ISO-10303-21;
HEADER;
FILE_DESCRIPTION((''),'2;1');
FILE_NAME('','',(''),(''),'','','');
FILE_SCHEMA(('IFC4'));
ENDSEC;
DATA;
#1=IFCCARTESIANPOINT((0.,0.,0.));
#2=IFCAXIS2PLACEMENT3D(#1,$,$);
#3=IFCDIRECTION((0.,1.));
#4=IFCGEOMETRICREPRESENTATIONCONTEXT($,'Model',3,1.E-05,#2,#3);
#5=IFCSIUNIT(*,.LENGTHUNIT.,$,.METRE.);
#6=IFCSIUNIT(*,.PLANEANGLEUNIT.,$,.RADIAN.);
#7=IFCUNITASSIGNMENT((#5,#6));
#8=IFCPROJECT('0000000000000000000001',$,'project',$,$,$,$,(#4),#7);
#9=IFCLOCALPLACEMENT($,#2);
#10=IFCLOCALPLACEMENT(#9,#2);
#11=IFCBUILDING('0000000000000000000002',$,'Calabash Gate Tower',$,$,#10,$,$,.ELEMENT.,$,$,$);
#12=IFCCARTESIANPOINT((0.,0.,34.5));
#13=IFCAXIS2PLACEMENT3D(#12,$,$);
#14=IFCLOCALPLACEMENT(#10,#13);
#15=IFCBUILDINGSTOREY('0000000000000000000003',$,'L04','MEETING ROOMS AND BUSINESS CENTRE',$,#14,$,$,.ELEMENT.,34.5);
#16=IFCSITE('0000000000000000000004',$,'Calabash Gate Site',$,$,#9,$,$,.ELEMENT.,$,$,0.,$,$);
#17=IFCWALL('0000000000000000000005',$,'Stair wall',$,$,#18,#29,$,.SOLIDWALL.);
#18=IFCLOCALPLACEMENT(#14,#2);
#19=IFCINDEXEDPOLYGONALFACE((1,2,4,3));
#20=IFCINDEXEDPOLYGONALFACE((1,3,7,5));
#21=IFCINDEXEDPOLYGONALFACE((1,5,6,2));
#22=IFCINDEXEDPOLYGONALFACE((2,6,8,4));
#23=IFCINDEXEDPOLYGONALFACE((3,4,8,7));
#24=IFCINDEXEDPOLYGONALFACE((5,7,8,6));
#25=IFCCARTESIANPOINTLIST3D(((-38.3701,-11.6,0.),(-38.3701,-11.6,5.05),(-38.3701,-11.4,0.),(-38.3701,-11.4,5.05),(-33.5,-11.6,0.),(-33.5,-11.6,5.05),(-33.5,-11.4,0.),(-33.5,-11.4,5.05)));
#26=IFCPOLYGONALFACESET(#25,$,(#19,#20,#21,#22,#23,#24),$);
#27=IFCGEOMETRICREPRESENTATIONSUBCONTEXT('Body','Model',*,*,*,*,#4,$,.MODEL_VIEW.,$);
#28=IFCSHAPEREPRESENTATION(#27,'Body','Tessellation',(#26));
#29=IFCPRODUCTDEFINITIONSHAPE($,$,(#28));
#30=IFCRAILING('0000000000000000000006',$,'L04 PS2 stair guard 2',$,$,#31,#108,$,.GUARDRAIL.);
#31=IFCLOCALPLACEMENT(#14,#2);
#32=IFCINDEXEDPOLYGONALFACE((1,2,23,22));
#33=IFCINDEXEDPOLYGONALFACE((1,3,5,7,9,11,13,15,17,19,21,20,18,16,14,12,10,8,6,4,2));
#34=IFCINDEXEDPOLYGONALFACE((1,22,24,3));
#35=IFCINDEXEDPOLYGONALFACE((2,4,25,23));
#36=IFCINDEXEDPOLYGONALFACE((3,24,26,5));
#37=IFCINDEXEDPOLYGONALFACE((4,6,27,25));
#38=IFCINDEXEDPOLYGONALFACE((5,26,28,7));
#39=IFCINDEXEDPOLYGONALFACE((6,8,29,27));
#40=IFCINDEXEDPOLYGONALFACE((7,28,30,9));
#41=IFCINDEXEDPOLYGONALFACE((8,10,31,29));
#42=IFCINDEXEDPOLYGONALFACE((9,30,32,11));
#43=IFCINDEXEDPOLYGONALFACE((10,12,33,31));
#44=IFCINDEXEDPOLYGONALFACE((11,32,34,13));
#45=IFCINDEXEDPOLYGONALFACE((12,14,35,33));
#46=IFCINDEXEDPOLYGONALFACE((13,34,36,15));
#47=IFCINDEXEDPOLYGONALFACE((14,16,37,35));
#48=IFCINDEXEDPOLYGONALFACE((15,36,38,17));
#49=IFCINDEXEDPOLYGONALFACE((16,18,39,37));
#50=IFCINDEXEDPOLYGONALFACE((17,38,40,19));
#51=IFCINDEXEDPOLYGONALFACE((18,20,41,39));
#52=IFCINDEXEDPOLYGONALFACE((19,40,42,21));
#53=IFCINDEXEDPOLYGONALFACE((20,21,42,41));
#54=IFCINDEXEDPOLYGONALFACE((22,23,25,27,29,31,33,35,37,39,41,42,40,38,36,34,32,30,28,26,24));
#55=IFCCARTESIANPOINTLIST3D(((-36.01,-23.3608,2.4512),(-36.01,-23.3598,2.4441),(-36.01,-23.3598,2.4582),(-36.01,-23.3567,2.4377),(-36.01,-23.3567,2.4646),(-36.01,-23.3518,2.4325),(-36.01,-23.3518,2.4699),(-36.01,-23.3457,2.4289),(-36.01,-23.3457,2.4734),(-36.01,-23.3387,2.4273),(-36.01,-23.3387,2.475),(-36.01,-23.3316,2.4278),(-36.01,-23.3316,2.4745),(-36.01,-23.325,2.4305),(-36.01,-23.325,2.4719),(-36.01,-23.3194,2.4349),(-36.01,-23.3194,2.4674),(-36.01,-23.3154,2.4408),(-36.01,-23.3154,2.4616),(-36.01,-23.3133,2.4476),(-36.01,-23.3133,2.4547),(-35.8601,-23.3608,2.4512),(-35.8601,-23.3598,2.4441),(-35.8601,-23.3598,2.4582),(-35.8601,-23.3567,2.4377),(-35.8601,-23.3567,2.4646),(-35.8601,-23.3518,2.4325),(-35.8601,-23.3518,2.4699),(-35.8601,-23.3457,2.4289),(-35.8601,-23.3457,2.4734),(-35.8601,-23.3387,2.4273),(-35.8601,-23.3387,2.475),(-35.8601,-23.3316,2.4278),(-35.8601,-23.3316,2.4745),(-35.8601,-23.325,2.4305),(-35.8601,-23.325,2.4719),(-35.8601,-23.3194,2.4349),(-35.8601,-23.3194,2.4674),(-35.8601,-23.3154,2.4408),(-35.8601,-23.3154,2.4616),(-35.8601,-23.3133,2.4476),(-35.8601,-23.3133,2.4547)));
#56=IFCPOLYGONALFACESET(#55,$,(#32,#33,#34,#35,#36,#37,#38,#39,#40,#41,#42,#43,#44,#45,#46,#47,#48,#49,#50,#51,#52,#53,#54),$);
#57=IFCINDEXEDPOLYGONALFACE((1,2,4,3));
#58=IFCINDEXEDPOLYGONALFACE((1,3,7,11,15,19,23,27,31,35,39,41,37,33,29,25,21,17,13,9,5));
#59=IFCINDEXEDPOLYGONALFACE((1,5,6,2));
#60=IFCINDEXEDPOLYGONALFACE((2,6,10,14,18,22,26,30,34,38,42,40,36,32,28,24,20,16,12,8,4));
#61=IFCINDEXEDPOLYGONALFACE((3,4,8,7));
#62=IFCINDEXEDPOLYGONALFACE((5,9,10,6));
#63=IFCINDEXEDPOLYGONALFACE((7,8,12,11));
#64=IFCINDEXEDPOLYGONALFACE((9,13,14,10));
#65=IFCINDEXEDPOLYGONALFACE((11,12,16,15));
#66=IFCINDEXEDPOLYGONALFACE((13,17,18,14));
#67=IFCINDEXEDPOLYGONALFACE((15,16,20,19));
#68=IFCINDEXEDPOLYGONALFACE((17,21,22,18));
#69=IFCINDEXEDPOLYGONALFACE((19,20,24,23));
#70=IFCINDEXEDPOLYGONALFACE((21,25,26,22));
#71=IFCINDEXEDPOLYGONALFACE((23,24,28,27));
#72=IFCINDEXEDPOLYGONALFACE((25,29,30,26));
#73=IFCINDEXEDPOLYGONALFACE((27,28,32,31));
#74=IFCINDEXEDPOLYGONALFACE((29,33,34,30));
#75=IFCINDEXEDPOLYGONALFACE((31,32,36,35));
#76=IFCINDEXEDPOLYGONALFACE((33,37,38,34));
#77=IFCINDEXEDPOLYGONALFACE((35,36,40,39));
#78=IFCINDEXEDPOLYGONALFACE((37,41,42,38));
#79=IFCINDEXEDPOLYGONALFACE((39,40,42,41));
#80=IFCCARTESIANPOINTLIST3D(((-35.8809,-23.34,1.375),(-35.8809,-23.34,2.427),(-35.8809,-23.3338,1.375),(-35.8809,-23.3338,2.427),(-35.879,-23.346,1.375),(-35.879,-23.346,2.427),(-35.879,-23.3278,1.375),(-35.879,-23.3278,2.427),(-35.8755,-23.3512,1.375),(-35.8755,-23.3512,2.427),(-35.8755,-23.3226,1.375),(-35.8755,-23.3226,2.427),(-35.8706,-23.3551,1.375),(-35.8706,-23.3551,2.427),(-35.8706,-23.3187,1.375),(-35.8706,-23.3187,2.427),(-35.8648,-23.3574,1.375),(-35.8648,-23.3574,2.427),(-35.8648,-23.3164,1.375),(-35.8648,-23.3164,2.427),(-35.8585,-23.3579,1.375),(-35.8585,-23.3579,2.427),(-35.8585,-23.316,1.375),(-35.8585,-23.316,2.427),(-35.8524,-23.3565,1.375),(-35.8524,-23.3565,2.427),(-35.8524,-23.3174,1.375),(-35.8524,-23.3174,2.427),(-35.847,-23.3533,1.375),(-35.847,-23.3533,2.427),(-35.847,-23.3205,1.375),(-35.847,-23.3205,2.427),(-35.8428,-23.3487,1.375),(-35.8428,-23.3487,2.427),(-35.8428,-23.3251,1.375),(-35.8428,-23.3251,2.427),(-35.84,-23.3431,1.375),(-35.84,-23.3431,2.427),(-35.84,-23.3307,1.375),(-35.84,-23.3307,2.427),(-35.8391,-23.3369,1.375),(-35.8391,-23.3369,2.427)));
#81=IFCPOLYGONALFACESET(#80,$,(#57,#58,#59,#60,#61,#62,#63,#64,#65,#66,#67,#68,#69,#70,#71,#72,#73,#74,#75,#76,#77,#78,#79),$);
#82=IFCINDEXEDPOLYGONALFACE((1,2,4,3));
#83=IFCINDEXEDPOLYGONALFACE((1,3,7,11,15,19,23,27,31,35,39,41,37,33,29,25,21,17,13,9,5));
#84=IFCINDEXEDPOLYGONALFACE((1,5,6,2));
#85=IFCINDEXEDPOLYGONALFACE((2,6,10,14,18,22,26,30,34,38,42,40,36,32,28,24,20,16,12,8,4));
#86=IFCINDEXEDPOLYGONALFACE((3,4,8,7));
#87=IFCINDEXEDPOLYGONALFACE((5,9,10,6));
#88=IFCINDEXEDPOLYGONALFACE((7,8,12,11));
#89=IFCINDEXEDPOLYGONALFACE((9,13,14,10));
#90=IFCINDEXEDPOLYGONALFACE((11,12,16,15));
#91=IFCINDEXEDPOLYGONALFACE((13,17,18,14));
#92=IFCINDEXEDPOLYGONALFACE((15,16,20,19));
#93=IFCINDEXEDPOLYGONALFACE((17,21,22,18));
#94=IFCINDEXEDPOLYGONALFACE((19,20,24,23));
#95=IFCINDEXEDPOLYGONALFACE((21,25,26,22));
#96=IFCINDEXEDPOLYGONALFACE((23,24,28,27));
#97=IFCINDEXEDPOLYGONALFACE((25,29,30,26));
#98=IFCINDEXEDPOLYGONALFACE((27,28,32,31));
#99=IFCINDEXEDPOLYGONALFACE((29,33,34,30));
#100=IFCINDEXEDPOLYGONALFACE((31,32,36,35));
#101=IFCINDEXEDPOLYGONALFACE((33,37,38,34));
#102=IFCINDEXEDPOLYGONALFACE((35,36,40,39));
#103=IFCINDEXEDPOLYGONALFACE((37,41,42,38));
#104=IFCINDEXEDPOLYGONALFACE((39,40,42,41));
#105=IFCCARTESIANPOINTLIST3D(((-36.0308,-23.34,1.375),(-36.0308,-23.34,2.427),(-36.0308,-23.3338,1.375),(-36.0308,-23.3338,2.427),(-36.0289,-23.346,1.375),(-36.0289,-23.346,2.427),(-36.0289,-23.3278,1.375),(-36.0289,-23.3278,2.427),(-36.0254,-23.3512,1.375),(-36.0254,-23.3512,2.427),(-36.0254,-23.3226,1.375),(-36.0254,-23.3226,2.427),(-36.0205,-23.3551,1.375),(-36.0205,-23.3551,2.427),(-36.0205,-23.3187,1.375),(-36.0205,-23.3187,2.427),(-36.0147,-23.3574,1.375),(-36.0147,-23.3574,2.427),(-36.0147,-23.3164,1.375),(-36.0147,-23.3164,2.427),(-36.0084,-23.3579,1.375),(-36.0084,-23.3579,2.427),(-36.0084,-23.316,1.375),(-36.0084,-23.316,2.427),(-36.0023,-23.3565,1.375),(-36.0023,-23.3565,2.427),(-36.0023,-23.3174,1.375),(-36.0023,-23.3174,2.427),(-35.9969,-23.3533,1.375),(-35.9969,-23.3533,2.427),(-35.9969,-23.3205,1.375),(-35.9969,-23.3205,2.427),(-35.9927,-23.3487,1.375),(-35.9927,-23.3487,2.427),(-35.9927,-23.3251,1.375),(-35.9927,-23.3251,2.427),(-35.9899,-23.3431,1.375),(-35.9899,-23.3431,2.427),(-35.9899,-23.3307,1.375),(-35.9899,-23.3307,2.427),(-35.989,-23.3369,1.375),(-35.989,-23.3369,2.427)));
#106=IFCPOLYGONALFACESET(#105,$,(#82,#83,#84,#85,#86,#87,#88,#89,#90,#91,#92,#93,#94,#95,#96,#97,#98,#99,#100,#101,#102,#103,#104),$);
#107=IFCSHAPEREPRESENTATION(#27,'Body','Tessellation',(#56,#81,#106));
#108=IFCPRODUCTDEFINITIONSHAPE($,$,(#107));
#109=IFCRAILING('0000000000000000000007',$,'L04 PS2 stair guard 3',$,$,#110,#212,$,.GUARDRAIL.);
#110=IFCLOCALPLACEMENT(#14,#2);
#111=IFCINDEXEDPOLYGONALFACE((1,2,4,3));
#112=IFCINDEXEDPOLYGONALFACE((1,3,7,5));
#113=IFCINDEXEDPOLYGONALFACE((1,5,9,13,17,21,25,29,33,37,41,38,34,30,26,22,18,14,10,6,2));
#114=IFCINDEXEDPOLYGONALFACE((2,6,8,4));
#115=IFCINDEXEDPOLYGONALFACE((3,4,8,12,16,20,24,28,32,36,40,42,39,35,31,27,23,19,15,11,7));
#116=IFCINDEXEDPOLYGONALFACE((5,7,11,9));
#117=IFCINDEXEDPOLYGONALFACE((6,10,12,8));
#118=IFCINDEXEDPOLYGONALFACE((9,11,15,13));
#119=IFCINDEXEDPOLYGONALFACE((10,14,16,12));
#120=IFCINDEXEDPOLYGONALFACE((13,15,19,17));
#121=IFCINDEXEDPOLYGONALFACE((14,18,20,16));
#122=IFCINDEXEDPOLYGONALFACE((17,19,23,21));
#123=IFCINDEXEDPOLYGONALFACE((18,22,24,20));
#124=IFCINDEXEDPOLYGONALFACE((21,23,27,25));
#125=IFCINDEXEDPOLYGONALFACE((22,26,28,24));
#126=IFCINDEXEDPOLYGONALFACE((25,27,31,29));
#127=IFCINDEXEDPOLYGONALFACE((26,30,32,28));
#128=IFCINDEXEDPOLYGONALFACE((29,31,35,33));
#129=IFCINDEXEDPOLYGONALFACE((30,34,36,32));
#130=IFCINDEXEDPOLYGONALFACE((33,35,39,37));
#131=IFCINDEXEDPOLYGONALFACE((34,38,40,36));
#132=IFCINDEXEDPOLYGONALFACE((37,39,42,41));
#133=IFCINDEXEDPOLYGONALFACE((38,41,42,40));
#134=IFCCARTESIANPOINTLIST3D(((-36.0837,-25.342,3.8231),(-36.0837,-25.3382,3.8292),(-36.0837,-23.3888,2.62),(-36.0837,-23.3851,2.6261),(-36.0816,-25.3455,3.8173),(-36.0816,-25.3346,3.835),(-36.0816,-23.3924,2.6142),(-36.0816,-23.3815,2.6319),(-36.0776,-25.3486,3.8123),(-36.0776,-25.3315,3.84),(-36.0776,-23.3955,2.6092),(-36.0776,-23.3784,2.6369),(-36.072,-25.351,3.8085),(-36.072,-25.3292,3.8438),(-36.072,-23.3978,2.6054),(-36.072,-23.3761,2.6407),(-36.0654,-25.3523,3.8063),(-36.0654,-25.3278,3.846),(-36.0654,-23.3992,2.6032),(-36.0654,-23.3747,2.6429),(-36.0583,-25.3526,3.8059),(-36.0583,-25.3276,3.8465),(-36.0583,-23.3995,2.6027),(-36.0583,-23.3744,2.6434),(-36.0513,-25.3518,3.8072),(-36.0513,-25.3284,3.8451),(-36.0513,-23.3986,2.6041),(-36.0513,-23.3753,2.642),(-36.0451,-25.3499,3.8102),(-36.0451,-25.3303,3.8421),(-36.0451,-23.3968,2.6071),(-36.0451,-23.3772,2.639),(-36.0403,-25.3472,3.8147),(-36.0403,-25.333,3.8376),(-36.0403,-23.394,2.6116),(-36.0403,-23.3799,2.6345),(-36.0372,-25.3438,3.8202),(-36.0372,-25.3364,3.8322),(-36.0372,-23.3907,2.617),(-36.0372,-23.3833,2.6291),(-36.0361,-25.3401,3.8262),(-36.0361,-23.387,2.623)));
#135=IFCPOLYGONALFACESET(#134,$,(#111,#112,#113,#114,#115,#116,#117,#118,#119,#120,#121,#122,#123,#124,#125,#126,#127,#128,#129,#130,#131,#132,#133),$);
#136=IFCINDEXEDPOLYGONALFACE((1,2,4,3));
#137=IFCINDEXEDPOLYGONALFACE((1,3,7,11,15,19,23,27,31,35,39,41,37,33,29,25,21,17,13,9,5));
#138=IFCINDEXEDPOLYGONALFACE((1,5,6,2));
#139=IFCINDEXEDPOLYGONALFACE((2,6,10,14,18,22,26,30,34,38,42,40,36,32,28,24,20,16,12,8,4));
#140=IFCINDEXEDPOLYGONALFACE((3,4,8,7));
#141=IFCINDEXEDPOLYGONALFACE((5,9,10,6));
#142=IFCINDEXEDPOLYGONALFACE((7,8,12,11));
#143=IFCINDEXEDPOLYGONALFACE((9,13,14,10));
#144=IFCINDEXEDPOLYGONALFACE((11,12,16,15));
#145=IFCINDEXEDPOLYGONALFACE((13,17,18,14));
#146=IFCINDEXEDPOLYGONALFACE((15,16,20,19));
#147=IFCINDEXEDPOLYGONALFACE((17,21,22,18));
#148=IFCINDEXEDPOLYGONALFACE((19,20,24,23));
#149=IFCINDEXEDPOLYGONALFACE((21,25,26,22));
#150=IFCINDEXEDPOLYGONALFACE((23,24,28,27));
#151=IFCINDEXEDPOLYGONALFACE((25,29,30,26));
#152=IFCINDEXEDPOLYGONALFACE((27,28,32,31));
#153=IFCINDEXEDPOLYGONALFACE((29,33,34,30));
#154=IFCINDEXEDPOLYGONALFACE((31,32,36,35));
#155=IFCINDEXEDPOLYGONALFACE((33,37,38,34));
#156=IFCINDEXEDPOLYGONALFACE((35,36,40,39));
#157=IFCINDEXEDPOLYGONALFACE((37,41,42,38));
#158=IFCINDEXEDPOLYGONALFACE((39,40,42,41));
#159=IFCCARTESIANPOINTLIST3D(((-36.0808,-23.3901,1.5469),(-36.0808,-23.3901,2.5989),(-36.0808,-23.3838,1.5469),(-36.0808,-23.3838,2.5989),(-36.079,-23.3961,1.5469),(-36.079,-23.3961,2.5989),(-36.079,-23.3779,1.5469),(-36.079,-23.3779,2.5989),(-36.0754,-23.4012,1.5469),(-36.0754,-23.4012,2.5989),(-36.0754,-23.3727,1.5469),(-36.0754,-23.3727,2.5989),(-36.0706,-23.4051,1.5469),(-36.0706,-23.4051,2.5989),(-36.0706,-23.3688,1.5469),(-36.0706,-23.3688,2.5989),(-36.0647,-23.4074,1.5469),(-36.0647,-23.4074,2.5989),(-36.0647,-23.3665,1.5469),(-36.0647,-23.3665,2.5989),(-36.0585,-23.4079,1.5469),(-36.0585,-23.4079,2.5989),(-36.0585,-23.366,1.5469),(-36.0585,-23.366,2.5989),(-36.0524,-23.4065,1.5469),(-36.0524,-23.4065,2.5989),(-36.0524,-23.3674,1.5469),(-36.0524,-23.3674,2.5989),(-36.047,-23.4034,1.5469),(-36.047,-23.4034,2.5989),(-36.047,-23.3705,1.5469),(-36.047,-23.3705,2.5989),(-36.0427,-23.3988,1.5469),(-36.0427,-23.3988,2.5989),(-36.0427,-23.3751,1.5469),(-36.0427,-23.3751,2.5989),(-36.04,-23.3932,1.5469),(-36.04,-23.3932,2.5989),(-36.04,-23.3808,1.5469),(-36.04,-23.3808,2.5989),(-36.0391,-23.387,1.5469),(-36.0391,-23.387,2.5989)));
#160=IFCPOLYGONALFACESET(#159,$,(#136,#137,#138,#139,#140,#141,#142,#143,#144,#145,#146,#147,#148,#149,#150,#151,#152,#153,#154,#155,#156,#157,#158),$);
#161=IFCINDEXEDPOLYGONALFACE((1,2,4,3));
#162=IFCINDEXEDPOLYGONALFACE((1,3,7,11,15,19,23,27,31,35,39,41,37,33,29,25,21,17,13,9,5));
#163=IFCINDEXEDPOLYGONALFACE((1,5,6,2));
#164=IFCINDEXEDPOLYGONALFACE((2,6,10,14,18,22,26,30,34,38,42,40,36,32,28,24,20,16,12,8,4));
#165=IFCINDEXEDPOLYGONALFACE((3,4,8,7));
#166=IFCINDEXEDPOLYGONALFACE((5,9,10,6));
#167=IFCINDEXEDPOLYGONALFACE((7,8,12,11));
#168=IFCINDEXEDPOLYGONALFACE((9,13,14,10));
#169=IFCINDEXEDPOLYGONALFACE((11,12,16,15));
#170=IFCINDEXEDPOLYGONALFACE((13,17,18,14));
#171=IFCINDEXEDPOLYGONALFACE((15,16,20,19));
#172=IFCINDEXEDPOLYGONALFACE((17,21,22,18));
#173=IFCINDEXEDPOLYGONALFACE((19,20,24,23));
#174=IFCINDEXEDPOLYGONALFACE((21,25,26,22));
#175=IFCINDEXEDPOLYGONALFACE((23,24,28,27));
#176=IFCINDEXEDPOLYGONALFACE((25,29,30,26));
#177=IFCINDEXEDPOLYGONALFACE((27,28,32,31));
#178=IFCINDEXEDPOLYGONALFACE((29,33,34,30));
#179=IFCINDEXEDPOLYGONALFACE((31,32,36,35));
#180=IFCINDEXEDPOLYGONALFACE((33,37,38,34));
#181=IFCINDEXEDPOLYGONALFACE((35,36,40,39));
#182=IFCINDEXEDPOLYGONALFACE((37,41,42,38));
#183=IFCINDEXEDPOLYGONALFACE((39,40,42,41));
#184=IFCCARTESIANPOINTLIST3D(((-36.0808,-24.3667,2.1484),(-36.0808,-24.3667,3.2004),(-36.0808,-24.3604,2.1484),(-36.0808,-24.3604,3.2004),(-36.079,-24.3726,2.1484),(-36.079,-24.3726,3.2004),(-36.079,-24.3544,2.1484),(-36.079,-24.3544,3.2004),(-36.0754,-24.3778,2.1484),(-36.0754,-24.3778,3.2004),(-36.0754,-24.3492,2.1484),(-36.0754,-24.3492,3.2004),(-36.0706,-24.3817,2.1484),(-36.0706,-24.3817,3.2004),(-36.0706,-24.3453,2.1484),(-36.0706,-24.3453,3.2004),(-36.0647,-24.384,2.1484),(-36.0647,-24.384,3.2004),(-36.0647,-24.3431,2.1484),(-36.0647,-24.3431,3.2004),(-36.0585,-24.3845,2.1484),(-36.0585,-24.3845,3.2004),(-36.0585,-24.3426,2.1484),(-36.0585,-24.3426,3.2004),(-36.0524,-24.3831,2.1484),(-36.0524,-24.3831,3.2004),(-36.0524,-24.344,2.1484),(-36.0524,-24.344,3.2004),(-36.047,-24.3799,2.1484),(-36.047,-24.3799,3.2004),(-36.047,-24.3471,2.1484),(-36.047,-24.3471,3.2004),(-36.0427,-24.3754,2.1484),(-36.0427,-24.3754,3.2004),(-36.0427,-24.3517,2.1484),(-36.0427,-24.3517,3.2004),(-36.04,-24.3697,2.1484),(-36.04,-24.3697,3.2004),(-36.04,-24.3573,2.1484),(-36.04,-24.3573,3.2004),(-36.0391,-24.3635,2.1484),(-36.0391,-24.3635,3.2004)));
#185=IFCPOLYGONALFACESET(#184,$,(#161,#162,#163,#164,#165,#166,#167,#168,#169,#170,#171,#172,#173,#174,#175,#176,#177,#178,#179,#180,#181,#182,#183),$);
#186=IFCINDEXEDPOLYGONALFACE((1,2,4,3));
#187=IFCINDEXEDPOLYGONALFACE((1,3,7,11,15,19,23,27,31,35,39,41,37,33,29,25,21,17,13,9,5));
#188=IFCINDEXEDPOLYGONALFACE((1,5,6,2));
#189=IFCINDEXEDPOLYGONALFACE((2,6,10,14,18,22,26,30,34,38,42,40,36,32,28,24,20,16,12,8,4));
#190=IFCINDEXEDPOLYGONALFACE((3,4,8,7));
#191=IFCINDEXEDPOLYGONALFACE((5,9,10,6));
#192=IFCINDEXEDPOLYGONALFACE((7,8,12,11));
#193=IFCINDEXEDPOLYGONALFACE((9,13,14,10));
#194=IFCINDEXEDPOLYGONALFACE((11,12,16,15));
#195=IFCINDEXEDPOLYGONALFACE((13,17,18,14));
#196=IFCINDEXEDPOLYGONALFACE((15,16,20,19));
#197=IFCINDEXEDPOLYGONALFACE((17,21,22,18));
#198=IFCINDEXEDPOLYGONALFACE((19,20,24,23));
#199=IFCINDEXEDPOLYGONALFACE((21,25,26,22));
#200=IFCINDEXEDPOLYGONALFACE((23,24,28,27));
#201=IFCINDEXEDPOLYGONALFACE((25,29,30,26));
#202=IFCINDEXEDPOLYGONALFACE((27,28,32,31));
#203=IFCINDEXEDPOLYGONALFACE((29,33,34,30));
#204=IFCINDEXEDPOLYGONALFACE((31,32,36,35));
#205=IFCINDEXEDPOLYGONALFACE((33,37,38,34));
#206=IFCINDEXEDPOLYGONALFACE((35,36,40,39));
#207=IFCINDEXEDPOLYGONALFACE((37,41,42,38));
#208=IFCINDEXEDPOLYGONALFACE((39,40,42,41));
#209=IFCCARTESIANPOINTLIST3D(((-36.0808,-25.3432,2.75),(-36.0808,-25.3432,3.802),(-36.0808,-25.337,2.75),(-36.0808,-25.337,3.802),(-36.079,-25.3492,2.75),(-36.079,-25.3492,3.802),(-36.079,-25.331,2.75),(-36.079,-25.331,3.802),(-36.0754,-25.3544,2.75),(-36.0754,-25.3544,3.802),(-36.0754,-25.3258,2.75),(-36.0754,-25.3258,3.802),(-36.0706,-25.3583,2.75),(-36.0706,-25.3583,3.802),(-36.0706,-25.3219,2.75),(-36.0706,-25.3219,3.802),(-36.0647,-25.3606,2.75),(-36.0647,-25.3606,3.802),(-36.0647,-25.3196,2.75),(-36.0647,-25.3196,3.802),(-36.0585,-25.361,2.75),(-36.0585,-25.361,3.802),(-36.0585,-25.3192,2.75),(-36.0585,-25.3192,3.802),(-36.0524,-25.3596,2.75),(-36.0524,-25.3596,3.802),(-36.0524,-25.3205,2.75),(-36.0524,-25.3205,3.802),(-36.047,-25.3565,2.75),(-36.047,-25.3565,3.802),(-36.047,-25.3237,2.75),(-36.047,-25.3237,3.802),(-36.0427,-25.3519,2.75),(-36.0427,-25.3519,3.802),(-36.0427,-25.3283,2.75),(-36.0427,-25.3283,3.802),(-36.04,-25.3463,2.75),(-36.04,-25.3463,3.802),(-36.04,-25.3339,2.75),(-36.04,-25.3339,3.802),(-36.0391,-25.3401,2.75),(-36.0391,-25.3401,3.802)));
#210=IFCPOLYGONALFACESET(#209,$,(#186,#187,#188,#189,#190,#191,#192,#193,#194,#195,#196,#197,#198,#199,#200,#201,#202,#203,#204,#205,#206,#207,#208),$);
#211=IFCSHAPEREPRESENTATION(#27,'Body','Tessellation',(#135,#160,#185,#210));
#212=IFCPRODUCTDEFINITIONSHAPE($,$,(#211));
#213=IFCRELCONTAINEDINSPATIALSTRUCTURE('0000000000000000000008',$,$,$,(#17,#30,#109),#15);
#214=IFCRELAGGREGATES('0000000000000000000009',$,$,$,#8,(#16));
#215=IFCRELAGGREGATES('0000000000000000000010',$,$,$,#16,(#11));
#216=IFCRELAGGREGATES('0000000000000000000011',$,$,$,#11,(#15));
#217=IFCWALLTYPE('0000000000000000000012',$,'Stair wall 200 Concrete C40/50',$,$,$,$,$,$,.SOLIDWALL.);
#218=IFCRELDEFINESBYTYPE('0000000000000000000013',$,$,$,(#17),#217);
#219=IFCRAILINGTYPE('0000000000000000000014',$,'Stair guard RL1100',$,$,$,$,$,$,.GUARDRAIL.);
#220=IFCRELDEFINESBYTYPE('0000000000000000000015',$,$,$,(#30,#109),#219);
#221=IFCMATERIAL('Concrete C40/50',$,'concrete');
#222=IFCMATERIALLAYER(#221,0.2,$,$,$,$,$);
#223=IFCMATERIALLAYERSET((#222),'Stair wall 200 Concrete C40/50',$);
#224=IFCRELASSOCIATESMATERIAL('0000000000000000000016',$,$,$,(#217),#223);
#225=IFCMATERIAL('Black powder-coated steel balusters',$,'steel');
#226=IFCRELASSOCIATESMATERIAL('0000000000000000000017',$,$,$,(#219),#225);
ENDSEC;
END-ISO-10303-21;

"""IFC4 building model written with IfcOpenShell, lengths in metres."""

from ifc_helpers import new_model, si_unit, direction, frame, frame_2d, origin, origin_2d, place, context, subcontext, project, spatial, rectangle, circle, extrude, material, layer, layer_set, type_object, element, save


model = new_model("IFC4")

# Units and contexts
model_context = context("Model", 3, precision=1e-05, world=origin(), true_north=direction((0.0, 1.0)))
body_context = subcontext(model_context, "Body", "Model", "MODEL_VIEW")
ifc_project = project(units=[si_unit("LENGTHUNIT", "METRE"), si_unit("PLANEANGLEUNIT", "RADIAN")], contexts=[model_context])

# Site, building, storey
site_placement = place(None, origin())
site = spatial("IfcSite", under=ifc_project, at=site_placement, Name="Calabash Gate Site", CompositionType="ELEMENT", RefElevation=0.0)
building_placement = place(site_placement, origin())
building = spatial("IfcBuilding", under=site, at=building_placement, Name="Calabash Gate Tower", CompositionType="ELEMENT")
storey_placement = place(building_placement, frame((0.0, 0.0, 34.5)))
storey = spatial("IfcBuildingStorey", under=building, at=storey_placement, Name="L04", Description="MEETING ROOMS AND BUSINESS CENTRE", CompositionType="ELEMENT", Elevation=34.5)

# Wall
ifc_material_1 = material(Name="Concrete C40/50", Category="concrete")
ifc_layer_1 = layer(ifc_material_1, 0.2)
ifc_layer_set_1 = layer_set([ifc_layer_1], Name="Stair wall 200 Concrete C40/50")
wall_type_1 = type_object("IfcWallType", Name="Stair wall 200 Concrete C40/50", PredefinedType="SOLIDWALL", material=ifc_layer_set_1)
for number, where, z_axis, x_axis, name in (
    (1, (-38.3701, -11.5, 0.0), (0.0, 0.0, 1.0), (1.0, 0.0, 0.0), "Stair wall"),
):
    element("IfcWall", number, at=place(storey_placement, frame(where, z_axis=z_axis, x_axis=x_axis)), inside=storey, type_object=wall_type_1, Name=name, PredefinedType="SOLIDWALL", context=body_context, shape_type="SweptSolid", body=[
        extrude(rectangle(XDim=4.8701, YDim=0.2, at=frame_2d((2.4351, 0.0))), origin(), (0.0, 0.0, 1.0), 5.05),
    ])

# Railings
ifc_material_2 = material(Name="Black powder-coated steel balusters", Category="steel")
railing_type_1 = type_object("IfcRailingType", Name="Stair guard RL1100", PredefinedType="GUARDRAIL", material=ifc_material_2)
railing_1_placement = place(storey_placement, frame((-35.8601, -23.3369, 1.375)))
element("IfcRailing", 2, at=railing_1_placement, inside=storey, type_object=railing_type_1, Name="L04 PS2 stair guard 2", PredefinedType="GUARDRAIL", context=body_context, shape_type="SweptSolid", body=[
    extrude(circle(Radius=0.0239, at=origin_2d()), frame((0.0, 0.0, 1.0762), z_axis=(-1.0, 0.0, 0.0), x_axis=(0.0, -1.0, 0.0)), (0.0, 0.0, 1.0), 0.1499),
    extrude(circle(Radius=0.021, at=origin_2d()), origin(), (0.0, 0.0, 1.0), 1.052),
    extrude(circle(Radius=0.021, at=origin_2d()), frame((-0.1499, 0.0, 0.0)), (0.0, 0.0, 1.0), 1.052),
])
railing_2_placement = place(storey_placement, frame((-36.0601, -23.387, 1.5469)))
element("IfcRailing", 3, at=railing_2_placement, inside=storey, type_object=railing_type_1, Name="L04 PS2 stair guard 3", PredefinedType="GUARDRAIL", context=body_context, shape_type="SweptSolid", body=[
    extrude(circle(Radius=0.0239, at=origin_2d()), frame((0.0, 0.0, 1.0762), z_axis=(0.0, -0.851424, 0.524477), x_axis=(1.0, 0.0, 0.0)), (0.0, 0.0, 1.0), 2.2939),
    extrude(circle(Radius=0.021, at=origin_2d()), origin(), (0.0, 0.0, 1.0), 1.052),
    extrude(circle(Radius=0.021, at=origin_2d()), frame((0.0, -0.9766, 0.6016)), (0.0, 0.0, 1.0), 1.052),
    extrude(circle(Radius=0.021, at=origin_2d()), frame((0.0, -1.9531, 1.2031)), (0.0, 0.0, 1.0), 1.052),
])

save(model, "model.ifc")
